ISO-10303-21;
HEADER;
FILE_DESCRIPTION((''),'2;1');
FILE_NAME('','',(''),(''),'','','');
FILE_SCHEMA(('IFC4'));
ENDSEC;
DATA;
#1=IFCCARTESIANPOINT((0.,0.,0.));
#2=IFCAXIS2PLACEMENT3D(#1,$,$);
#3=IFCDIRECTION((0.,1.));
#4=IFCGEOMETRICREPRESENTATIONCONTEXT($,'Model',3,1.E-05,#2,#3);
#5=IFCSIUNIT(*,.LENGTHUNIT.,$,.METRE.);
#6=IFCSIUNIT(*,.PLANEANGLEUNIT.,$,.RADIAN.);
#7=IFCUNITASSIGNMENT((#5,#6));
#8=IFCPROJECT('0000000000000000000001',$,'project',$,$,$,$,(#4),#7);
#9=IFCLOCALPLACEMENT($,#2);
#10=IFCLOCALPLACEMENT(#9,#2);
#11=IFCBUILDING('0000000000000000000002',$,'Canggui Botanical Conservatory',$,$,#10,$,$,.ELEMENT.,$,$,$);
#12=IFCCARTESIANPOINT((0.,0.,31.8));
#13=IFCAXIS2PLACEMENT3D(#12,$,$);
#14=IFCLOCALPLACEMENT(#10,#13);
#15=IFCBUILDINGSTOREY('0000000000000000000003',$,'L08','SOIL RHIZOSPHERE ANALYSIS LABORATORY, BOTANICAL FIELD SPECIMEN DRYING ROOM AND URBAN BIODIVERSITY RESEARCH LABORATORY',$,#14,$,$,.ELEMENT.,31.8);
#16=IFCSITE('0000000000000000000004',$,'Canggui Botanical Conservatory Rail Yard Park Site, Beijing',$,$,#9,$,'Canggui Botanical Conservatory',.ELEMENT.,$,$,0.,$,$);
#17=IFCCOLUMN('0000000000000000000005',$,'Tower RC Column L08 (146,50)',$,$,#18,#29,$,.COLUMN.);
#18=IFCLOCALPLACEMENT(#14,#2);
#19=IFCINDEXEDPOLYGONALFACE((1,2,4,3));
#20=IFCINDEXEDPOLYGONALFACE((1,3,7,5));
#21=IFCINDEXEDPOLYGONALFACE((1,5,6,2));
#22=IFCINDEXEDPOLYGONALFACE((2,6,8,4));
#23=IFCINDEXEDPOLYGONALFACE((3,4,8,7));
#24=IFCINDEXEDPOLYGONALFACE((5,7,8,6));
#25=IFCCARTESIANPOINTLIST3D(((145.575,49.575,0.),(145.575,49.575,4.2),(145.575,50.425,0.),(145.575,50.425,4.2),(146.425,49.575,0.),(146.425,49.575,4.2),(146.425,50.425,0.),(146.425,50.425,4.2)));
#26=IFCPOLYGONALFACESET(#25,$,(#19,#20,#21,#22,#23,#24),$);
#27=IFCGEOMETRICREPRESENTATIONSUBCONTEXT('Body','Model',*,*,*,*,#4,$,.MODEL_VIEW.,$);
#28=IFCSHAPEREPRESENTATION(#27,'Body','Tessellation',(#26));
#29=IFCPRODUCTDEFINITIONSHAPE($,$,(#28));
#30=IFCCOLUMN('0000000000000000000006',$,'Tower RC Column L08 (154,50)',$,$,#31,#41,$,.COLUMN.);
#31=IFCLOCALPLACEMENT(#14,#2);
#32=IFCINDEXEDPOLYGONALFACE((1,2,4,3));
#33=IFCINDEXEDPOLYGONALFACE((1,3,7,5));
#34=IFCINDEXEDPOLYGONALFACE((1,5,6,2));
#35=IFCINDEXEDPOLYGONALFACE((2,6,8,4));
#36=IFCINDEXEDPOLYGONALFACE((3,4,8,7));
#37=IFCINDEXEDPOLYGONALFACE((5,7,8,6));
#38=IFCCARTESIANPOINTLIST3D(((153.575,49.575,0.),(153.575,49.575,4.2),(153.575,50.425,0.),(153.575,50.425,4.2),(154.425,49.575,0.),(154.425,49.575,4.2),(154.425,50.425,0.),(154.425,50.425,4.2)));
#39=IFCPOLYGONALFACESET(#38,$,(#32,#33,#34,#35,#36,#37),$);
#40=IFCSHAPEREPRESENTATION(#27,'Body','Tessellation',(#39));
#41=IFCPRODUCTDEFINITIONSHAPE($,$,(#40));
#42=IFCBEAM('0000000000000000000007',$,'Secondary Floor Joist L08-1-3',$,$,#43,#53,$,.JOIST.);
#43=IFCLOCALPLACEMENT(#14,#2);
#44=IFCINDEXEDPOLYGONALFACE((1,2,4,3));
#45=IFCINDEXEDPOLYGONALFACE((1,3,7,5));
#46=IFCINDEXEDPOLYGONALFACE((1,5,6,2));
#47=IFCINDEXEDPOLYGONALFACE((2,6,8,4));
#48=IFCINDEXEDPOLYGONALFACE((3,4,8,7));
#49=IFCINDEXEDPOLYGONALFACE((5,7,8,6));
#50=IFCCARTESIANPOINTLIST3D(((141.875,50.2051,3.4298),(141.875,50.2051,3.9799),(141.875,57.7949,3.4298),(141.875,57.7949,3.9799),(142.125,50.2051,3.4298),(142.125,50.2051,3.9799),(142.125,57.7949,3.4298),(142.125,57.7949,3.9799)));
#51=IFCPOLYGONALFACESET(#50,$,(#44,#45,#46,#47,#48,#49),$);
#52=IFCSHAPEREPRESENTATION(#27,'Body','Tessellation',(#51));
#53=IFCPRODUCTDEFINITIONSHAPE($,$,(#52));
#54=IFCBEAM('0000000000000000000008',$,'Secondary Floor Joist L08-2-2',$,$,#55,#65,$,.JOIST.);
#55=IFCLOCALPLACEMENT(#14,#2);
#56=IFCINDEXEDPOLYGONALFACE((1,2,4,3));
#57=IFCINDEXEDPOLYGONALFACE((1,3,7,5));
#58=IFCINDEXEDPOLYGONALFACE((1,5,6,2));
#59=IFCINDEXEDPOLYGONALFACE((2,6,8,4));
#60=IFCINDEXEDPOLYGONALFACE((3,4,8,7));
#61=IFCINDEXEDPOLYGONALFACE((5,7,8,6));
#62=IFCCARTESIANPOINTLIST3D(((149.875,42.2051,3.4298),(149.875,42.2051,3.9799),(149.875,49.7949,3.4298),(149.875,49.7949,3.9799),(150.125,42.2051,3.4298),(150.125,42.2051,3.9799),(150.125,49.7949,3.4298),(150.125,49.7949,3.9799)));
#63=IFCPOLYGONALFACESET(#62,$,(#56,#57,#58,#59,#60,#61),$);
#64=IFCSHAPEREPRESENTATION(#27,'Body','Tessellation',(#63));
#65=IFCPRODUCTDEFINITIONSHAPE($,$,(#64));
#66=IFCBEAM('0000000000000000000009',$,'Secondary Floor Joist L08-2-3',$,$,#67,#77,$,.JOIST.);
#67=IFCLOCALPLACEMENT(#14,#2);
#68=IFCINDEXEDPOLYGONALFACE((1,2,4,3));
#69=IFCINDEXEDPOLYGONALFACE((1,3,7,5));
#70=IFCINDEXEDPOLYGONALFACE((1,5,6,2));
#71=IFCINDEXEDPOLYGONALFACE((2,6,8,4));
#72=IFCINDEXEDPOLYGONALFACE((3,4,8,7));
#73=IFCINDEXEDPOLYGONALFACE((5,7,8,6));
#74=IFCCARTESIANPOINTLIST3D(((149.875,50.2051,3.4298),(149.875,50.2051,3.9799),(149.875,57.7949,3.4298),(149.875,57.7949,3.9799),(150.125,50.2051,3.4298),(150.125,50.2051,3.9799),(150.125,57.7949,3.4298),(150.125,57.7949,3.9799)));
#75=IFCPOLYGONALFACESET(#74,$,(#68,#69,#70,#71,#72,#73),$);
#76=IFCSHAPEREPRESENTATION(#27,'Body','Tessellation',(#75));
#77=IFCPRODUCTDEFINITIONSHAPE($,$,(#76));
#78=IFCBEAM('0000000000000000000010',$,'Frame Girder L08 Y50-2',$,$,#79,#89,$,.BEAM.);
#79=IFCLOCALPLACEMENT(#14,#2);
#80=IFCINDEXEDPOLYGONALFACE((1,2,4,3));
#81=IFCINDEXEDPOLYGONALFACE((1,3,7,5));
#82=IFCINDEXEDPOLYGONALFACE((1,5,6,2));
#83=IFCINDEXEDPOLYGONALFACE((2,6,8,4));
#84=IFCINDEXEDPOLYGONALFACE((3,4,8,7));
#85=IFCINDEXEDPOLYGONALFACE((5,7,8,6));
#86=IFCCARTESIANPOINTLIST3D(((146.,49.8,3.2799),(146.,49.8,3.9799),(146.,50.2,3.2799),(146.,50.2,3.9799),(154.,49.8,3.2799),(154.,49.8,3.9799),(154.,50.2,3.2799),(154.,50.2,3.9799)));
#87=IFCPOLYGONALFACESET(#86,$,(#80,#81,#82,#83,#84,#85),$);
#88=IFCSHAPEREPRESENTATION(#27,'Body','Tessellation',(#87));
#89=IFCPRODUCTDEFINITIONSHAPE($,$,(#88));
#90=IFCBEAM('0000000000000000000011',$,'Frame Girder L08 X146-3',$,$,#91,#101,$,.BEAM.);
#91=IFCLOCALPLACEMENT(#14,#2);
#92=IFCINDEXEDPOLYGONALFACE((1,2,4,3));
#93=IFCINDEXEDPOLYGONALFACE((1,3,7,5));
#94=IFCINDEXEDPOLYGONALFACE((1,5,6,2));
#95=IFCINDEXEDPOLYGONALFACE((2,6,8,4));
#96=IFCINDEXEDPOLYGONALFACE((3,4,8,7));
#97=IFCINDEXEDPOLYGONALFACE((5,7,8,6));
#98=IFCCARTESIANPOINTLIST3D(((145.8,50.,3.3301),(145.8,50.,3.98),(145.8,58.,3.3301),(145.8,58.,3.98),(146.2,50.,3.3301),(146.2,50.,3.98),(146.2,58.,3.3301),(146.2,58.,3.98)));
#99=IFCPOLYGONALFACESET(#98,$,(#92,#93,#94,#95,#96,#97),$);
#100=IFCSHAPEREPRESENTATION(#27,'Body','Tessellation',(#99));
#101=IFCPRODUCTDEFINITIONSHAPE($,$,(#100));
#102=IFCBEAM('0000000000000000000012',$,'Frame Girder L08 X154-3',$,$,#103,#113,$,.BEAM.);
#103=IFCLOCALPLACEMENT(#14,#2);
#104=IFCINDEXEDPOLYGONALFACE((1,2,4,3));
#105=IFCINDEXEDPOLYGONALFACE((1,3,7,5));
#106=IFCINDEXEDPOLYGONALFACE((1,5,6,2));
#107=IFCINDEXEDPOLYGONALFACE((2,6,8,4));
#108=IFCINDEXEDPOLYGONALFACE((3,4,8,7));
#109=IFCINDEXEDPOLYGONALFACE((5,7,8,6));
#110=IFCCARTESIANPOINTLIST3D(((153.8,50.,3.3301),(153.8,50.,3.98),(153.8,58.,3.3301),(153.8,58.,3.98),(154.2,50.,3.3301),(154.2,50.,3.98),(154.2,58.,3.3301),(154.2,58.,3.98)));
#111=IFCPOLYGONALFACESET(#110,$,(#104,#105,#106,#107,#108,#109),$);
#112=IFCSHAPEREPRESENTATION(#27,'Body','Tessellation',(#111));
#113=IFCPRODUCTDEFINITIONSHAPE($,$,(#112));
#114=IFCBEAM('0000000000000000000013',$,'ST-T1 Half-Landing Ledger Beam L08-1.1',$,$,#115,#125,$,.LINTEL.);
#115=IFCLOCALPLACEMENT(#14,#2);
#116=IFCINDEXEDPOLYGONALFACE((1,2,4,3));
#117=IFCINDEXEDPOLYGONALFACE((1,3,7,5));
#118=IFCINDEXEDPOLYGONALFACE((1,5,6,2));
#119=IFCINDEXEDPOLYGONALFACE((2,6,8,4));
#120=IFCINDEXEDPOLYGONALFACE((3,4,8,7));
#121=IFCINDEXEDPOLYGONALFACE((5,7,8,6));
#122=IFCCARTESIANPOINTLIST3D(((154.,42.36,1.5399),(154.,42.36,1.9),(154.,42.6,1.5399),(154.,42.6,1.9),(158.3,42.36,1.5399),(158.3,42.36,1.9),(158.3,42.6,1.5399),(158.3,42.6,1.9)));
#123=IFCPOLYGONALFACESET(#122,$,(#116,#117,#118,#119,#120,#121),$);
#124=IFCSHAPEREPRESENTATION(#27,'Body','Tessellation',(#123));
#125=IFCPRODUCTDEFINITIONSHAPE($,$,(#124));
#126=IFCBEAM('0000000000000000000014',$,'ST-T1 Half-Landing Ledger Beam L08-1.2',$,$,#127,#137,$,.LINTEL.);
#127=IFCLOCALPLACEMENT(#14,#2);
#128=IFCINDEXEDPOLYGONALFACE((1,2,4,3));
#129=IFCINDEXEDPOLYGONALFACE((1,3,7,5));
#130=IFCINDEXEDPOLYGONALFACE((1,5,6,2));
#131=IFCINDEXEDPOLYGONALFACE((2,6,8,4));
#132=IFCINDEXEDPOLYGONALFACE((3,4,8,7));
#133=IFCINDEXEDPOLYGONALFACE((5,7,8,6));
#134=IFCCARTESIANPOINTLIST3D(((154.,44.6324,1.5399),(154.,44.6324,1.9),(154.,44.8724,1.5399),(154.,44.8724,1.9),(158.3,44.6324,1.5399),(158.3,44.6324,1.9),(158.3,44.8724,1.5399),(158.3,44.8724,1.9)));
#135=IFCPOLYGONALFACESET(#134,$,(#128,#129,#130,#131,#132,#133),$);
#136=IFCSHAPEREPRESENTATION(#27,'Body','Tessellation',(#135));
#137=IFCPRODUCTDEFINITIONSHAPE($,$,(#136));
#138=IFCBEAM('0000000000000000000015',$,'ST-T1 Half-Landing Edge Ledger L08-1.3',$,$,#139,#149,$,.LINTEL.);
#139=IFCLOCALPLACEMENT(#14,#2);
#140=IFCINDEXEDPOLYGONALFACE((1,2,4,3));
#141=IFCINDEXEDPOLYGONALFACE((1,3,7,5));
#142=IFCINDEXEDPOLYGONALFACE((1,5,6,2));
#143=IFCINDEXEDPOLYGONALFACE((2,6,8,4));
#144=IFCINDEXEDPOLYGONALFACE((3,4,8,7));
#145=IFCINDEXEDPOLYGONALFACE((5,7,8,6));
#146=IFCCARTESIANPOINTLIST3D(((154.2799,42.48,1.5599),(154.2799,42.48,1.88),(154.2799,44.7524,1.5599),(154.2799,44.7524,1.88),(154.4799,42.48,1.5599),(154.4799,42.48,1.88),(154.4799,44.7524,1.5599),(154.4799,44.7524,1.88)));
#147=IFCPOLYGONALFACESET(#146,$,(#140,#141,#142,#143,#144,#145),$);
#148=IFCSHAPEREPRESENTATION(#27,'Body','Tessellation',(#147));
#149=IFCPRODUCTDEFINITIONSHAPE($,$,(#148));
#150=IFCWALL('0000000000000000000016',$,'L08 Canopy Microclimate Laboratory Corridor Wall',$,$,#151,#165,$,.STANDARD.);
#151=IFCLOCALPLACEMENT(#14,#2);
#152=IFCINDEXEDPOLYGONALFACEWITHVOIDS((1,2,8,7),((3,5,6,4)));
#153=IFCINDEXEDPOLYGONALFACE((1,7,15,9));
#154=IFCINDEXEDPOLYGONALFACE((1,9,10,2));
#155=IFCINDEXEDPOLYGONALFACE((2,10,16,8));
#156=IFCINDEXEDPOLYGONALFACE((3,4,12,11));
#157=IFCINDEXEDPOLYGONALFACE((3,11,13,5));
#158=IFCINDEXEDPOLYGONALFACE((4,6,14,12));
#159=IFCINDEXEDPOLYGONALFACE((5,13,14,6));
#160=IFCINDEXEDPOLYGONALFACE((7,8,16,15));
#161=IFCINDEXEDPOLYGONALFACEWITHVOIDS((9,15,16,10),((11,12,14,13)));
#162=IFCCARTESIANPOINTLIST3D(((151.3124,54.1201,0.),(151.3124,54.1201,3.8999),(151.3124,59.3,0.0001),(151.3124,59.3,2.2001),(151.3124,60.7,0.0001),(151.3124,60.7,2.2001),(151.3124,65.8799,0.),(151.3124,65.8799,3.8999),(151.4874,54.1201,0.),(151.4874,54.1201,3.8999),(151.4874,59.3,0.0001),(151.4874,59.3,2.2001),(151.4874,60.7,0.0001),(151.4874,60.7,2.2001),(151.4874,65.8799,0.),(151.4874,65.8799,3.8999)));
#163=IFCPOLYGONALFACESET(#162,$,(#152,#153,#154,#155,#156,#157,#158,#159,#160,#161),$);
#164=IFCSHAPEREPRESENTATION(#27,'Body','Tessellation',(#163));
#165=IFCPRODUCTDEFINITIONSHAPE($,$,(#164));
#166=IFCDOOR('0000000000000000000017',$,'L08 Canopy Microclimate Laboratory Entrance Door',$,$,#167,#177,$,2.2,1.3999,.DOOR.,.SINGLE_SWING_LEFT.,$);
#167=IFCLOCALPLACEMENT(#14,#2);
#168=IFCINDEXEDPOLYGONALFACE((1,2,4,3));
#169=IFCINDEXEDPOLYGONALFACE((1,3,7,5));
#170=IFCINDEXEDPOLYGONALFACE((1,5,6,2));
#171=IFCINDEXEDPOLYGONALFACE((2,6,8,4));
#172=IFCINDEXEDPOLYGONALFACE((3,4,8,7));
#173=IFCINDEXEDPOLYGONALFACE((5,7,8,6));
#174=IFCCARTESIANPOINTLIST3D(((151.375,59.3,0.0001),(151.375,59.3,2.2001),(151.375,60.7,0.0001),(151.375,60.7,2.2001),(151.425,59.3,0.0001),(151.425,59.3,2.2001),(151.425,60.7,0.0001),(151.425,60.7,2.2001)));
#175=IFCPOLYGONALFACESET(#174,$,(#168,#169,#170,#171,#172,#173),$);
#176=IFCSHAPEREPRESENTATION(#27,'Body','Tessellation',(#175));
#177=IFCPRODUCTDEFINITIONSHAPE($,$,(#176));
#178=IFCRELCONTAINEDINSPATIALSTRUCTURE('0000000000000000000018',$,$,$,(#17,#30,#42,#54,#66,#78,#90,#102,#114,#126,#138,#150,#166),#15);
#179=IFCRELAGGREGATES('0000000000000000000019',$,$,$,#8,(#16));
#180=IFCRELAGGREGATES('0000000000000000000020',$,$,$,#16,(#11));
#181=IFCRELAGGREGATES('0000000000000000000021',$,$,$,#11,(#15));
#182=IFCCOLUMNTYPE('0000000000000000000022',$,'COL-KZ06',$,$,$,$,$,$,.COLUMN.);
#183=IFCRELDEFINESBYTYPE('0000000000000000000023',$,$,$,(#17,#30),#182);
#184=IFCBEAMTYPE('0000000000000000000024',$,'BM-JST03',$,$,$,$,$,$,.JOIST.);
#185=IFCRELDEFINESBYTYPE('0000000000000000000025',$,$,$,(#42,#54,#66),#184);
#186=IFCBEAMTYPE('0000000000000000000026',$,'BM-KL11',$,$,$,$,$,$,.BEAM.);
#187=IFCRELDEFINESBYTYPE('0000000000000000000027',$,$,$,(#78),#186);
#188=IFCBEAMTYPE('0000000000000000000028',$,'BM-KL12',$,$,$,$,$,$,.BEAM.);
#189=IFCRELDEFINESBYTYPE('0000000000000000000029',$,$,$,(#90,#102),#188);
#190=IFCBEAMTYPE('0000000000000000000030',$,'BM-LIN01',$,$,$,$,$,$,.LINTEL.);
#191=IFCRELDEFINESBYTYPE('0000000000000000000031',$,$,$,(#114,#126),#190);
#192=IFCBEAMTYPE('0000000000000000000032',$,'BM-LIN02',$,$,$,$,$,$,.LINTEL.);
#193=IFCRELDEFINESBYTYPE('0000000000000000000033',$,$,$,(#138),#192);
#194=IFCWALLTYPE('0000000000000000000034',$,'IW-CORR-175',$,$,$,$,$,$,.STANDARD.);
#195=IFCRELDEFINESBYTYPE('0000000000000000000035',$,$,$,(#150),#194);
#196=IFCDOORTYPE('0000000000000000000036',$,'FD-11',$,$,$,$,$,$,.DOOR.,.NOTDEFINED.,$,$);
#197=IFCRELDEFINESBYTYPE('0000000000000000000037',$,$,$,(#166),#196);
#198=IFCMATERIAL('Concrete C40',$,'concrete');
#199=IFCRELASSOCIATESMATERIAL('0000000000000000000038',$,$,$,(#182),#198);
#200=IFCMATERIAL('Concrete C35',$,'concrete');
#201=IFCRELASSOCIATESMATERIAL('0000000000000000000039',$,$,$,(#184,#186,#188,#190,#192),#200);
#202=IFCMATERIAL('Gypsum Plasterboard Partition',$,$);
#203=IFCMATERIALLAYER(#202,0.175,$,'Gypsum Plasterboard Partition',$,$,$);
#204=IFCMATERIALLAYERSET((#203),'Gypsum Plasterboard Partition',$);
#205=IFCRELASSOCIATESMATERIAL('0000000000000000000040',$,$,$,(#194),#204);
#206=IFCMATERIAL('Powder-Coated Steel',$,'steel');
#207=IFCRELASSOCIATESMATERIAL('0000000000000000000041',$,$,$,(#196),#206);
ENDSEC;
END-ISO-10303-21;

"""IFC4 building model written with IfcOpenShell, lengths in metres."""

from ifc_helpers import new_model, si_unit, direction, frame, frame_2d, origin, origin_2d, place, context, subcontext, project, spatial, rectangle, extrude, material, layer, layer_set, material_profile, profile_set, type_object, element, fill, save


model = new_model("IFC4")

# Units and contexts
model_context = context("Model", 3, precision=1e-05, world=origin(), true_north=direction((0.0, 1.0)))
body_context = subcontext(model_context, "Body", "Model", "MODEL_VIEW")
ifc_project = project(units=[si_unit("LENGTHUNIT", "METRE"), si_unit("PLANEANGLEUNIT", "RADIAN")], contexts=[model_context])

# Site, building, storey
site_placement = place(None, origin())
site = spatial("IfcSite", under=ifc_project, at=site_placement, Name="Canggui Botanical Conservatory Rail Yard Park Site, Beijing", LongName="Canggui Botanical Conservatory", CompositionType="ELEMENT", RefElevation=0.0)
building_placement = place(site_placement, origin())
building = spatial("IfcBuilding", under=site, at=building_placement, Name="Canggui Botanical Conservatory", CompositionType="ELEMENT")
storey_placement = place(building_placement, frame((0.0, 0.0, 31.8)))
storey = spatial("IfcBuildingStorey", under=building, at=storey_placement, Name="L08", Description="SOIL RHIZOSPHERE ANALYSIS LABORATORY, BOTANICAL FIELD SPECIMEN DRYING ROOM AND URBAN BIODIVERSITY RESEARCH LABORATORY", CompositionType="ELEMENT", Elevation=31.8)

# Columns
ifc_material_1 = material(Name="Concrete C40", Category="concrete")
ifc_material_profile_1 = material_profile(ifc_material_1, rectangle(XDim=0.8501, YDim=0.8501, at=origin_2d()), Name="RC 850x850")
ifc_profile_set_1 = profile_set([ifc_material_profile_1], Name="Concrete C40")
column_type = type_object("IfcColumnType", Name="COL-KZ06", PredefinedType="COLUMN", material=ifc_profile_set_1)
for number, where, z_axis, x_axis, name in (
    (1, (146.0, 50.0, 0.0), (0.0, 0.0, 1.0), (1.0, 0.0, 0.0), "Tower RC Column L08 (146,50)"),
    (2, (154.0, 50.0, 0.0), (0.0, 0.0, 1.0), (1.0, 0.0, 0.0), "Tower RC Column L08 (154,50)"),
):
    element("IfcColumn", number, at=place(storey_placement, frame(where, z_axis=z_axis, x_axis=x_axis)), inside=storey, type_object=column_type, Name=name, PredefinedType="COLUMN", context=body_context, shape_type="SweptSolid", body=[
        extrude(rectangle(XDim=0.8501, YDim=0.8501, at=origin_2d()), origin(), (0.0, 0.0, 1.0), 4.2),
    ])

# Beams
ifc_material_2 = material(Name="Concrete C35", Category="concrete")
ifc_material_profile_2 = material_profile(ifc_material_2, rectangle(XDim=0.25, YDim=0.55, at=origin_2d()), Name="RB 250x550")
ifc_profile_set_2 = profile_set([ifc_material_profile_2], Name="Concrete C35")
beam_type_1 = type_object("IfcBeamType", Name="BM-JST03", PredefinedType="JOIST", material=ifc_profile_set_2)
for number, where, z_axis, x_axis, name in (
    (3, (142.0, 50.2051, 3.7048), (0.0, 1.0, 0.0), (-1.0, 0.0, 0.0), "Secondary Floor Joist L08-1-3"),
    (4, (150.0, 42.2051, 3.7048), (0.0, 1.0, 0.0), (-1.0, 0.0, 0.0), "Secondary Floor Joist L08-2-2"),
    (5, (150.0, 50.2051, 3.7048), (0.0, 1.0, 0.0), (-1.0, 0.0, 0.0), "Secondary Floor Joist L08-2-3"),
):
    element("IfcBeam", number, at=place(storey_placement, frame(where, z_axis=z_axis, x_axis=x_axis)), inside=storey, type_object=beam_type_1, Name=name, PredefinedType="JOIST", context=body_context, shape_type="SweptSolid", body=[
        extrude(rectangle(XDim=0.25, YDim=0.55, at=origin_2d()), origin(), (0.0, 0.0, 1.0), 7.5898),
    ])
ifc_material_profile_3 = material_profile(ifc_material_2, rectangle(XDim=0.3999, YDim=0.7, at=origin_2d()), Name="RB 400x700")
ifc_profile_set_3 = profile_set([ifc_material_profile_3], Name="Concrete C35")
beam_type_2 = type_object("IfcBeamType", Name="BM-KL11", PredefinedType="BEAM", material=ifc_profile_set_3)
beam_1_placement = place(storey_placement, frame((146.0, 50.0, 3.6299), z_axis=(1.0, 0.0, 0.0), x_axis=(0.0, 1.0, 0.0)))
element("IfcBeam", 6, at=beam_1_placement, inside=storey, type_object=beam_type_2, Name="Frame Girder L08 Y50-2", PredefinedType="BEAM", context=body_context, shape_type="SweptSolid", body=[
    extrude(rectangle(XDim=0.3999, YDim=0.7, at=origin_2d()), origin(), (0.0, 0.0, 1.0), 8.0),
])
ifc_material_profile_4 = material_profile(ifc_material_2, rectangle(XDim=0.3999, YDim=0.6499, at=origin_2d()), Name="RB 400x650")
ifc_profile_set_4 = profile_set([ifc_material_profile_4], Name="Concrete C35")
beam_type_3 = type_object("IfcBeamType", Name="BM-KL12", PredefinedType="BEAM", material=ifc_profile_set_4)
for number, where, z_axis, x_axis, name in (
    (7, (146.0, 50.0, 3.655), (0.0, 1.0, 0.0), (-1.0, 0.0, 0.0), "Frame Girder L08 X146-3"),
    (8, (154.0, 50.0, 3.655), (0.0, 1.0, 0.0), (-1.0, 0.0, 0.0), "Frame Girder L08 X154-3"),
):
    element("IfcBeam", number, at=place(storey_placement, frame(where, z_axis=z_axis, x_axis=x_axis)), inside=storey, type_object=beam_type_3, Name=name, PredefinedType="BEAM", context=body_context, shape_type="SweptSolid", body=[
        extrude(rectangle(XDim=0.3999, YDim=0.6499, at=origin_2d()), origin(), (0.0, 0.0, 1.0), 8.0),
    ])
ifc_material_profile_5 = material_profile(ifc_material_2, rectangle(XDim=0.24, YDim=0.3601, at=origin_2d()), Name="RB 240x360")
ifc_profile_set_5 = profile_set([ifc_material_profile_5], Name="Concrete C35")
beam_type_4 = type_object("IfcBeamType", Name="BM-LIN01", PredefinedType="LINTEL", material=ifc_profile_set_5)
for number, where, z_axis, x_axis, name in (
    (9, (154.0, 42.48, 1.72), (1.0, 0.0, 0.0), (0.0, 1.0, 0.0), "ST-T1 Half-Landing Ledger Beam L08-1.1"),
    (10, (154.0, 44.7524, 1.72), (1.0, 0.0, 0.0), (0.0, 1.0, 0.0), "ST-T1 Half-Landing Ledger Beam L08-1.2"),
):
    element("IfcBeam", number, at=place(storey_placement, frame(where, z_axis=z_axis, x_axis=x_axis)), inside=storey, type_object=beam_type_4, Name=name, PredefinedType="LINTEL", context=body_context, shape_type="SweptSolid", body=[
        extrude(rectangle(XDim=0.24, YDim=0.3601, at=origin_2d()), origin(), (0.0, 0.0, 1.0), 4.3),
    ])
ifc_material_profile_6 = material_profile(ifc_material_2, rectangle(XDim=0.2, YDim=0.3201, at=origin_2d()), Name="RB 200x320")
ifc_profile_set_6 = profile_set([ifc_material_profile_6], Name="Concrete C35")
beam_type_5 = type_object("IfcBeamType", Name="BM-LIN02", PredefinedType="LINTEL", material=ifc_profile_set_6)
beam_2_placement = place(storey_placement, frame((154.3799, 42.48, 1.72), z_axis=(0.0, 1.0, 0.0), x_axis=(-1.0, 0.0, 0.0)))
element("IfcBeam", 11, at=beam_2_placement, inside=storey, type_object=beam_type_5, Name="ST-T1 Half-Landing Edge Ledger L08-1.3", PredefinedType="LINTEL", context=body_context, shape_type="SweptSolid", body=[
    extrude(rectangle(XDim=0.2, YDim=0.3201, at=origin_2d()), origin(), (0.0, 0.0, 1.0), 2.2725),
])

# Wall, opening, door
ifc_material_3 = material(Name="Gypsum Plasterboard Partition")
ifc_layer_1 = layer(ifc_material_3, 0.175, Name="Gypsum Plasterboard Partition")
ifc_layer_set_1 = layer_set([ifc_layer_1], Name="Gypsum Plasterboard Partition")
wall_type_1 = type_object("IfcWallType", Name="IW-CORR-175", PredefinedType="STANDARD", material=ifc_layer_set_1)
wall_1_placement = place(storey_placement, frame((151.3999, 54.1201, 0.0), z_axis=(0.0, 0.0, 1.0), x_axis=(0.0, 1.0, 0.0)))
wall_1 = element("IfcWall", 12, at=wall_1_placement, inside=storey, type_object=wall_type_1, Name="L08 Canopy Microclimate Laboratory Corridor Wall", PredefinedType="STANDARD", context=body_context, shape_type="SweptSolid", body=[
    extrude(rectangle(XDim=11.7598, YDim=0.175, at=frame_2d((5.8799, 0.0))), origin(), (0.0, 0.0, 1.0), 3.8999),
])
opening_1_placement = place(wall_1_placement, frame((5.1799, 0.0, 0.0)))
opening_1 = element("IfcOpeningElement", 13, at=opening_1_placement, cuts=wall_1, PredefinedType="OPENING", context=body_context, shape_type="SweptSolid", body=[
    extrude(rectangle(XDim=1.3999, YDim=2.2, at=frame_2d((0.7, 1.1001))), frame((0.0, 0.0977, 0.0), z_axis=(0.0, -1.0, 0.0), x_axis=(1.0, 0.0, 0.0)), (0.0, 0.0, 1.0), 0.1951),
])
ifc_material_4 = material(Name="Powder-Coated Steel", Category="steel")
door_type_1 = type_object("IfcDoorType", Name="FD-11", OperationType="NOTDEFINED", PredefinedType="DOOR", material=ifc_material_4)
door_1_placement = place(opening_1_placement, origin())
door_1 = element("IfcDoor", 14, at=door_1_placement, inside=storey, type_object=door_type_1, Name="L08 Canopy Microclimate Laboratory Entrance Door", OperationType="SINGLE_SWING_LEFT", OverallHeight=2.2, OverallWidth=1.3999, PredefinedType="DOOR", context=body_context, shape_type="SweptSolid", body=[
    extrude(rectangle(XDim=1.3999, YDim=2.2, at=frame_2d((0.7, 1.1001))), frame((0.0, 0.0249, 0.0), z_axis=(0.0, -1.0, 0.0), x_axis=(1.0, 0.0, 0.0)), (0.0, 0.0, 1.0), 0.05),
])
fill(opening_1, door_1)

save(model, "model.ifc")
